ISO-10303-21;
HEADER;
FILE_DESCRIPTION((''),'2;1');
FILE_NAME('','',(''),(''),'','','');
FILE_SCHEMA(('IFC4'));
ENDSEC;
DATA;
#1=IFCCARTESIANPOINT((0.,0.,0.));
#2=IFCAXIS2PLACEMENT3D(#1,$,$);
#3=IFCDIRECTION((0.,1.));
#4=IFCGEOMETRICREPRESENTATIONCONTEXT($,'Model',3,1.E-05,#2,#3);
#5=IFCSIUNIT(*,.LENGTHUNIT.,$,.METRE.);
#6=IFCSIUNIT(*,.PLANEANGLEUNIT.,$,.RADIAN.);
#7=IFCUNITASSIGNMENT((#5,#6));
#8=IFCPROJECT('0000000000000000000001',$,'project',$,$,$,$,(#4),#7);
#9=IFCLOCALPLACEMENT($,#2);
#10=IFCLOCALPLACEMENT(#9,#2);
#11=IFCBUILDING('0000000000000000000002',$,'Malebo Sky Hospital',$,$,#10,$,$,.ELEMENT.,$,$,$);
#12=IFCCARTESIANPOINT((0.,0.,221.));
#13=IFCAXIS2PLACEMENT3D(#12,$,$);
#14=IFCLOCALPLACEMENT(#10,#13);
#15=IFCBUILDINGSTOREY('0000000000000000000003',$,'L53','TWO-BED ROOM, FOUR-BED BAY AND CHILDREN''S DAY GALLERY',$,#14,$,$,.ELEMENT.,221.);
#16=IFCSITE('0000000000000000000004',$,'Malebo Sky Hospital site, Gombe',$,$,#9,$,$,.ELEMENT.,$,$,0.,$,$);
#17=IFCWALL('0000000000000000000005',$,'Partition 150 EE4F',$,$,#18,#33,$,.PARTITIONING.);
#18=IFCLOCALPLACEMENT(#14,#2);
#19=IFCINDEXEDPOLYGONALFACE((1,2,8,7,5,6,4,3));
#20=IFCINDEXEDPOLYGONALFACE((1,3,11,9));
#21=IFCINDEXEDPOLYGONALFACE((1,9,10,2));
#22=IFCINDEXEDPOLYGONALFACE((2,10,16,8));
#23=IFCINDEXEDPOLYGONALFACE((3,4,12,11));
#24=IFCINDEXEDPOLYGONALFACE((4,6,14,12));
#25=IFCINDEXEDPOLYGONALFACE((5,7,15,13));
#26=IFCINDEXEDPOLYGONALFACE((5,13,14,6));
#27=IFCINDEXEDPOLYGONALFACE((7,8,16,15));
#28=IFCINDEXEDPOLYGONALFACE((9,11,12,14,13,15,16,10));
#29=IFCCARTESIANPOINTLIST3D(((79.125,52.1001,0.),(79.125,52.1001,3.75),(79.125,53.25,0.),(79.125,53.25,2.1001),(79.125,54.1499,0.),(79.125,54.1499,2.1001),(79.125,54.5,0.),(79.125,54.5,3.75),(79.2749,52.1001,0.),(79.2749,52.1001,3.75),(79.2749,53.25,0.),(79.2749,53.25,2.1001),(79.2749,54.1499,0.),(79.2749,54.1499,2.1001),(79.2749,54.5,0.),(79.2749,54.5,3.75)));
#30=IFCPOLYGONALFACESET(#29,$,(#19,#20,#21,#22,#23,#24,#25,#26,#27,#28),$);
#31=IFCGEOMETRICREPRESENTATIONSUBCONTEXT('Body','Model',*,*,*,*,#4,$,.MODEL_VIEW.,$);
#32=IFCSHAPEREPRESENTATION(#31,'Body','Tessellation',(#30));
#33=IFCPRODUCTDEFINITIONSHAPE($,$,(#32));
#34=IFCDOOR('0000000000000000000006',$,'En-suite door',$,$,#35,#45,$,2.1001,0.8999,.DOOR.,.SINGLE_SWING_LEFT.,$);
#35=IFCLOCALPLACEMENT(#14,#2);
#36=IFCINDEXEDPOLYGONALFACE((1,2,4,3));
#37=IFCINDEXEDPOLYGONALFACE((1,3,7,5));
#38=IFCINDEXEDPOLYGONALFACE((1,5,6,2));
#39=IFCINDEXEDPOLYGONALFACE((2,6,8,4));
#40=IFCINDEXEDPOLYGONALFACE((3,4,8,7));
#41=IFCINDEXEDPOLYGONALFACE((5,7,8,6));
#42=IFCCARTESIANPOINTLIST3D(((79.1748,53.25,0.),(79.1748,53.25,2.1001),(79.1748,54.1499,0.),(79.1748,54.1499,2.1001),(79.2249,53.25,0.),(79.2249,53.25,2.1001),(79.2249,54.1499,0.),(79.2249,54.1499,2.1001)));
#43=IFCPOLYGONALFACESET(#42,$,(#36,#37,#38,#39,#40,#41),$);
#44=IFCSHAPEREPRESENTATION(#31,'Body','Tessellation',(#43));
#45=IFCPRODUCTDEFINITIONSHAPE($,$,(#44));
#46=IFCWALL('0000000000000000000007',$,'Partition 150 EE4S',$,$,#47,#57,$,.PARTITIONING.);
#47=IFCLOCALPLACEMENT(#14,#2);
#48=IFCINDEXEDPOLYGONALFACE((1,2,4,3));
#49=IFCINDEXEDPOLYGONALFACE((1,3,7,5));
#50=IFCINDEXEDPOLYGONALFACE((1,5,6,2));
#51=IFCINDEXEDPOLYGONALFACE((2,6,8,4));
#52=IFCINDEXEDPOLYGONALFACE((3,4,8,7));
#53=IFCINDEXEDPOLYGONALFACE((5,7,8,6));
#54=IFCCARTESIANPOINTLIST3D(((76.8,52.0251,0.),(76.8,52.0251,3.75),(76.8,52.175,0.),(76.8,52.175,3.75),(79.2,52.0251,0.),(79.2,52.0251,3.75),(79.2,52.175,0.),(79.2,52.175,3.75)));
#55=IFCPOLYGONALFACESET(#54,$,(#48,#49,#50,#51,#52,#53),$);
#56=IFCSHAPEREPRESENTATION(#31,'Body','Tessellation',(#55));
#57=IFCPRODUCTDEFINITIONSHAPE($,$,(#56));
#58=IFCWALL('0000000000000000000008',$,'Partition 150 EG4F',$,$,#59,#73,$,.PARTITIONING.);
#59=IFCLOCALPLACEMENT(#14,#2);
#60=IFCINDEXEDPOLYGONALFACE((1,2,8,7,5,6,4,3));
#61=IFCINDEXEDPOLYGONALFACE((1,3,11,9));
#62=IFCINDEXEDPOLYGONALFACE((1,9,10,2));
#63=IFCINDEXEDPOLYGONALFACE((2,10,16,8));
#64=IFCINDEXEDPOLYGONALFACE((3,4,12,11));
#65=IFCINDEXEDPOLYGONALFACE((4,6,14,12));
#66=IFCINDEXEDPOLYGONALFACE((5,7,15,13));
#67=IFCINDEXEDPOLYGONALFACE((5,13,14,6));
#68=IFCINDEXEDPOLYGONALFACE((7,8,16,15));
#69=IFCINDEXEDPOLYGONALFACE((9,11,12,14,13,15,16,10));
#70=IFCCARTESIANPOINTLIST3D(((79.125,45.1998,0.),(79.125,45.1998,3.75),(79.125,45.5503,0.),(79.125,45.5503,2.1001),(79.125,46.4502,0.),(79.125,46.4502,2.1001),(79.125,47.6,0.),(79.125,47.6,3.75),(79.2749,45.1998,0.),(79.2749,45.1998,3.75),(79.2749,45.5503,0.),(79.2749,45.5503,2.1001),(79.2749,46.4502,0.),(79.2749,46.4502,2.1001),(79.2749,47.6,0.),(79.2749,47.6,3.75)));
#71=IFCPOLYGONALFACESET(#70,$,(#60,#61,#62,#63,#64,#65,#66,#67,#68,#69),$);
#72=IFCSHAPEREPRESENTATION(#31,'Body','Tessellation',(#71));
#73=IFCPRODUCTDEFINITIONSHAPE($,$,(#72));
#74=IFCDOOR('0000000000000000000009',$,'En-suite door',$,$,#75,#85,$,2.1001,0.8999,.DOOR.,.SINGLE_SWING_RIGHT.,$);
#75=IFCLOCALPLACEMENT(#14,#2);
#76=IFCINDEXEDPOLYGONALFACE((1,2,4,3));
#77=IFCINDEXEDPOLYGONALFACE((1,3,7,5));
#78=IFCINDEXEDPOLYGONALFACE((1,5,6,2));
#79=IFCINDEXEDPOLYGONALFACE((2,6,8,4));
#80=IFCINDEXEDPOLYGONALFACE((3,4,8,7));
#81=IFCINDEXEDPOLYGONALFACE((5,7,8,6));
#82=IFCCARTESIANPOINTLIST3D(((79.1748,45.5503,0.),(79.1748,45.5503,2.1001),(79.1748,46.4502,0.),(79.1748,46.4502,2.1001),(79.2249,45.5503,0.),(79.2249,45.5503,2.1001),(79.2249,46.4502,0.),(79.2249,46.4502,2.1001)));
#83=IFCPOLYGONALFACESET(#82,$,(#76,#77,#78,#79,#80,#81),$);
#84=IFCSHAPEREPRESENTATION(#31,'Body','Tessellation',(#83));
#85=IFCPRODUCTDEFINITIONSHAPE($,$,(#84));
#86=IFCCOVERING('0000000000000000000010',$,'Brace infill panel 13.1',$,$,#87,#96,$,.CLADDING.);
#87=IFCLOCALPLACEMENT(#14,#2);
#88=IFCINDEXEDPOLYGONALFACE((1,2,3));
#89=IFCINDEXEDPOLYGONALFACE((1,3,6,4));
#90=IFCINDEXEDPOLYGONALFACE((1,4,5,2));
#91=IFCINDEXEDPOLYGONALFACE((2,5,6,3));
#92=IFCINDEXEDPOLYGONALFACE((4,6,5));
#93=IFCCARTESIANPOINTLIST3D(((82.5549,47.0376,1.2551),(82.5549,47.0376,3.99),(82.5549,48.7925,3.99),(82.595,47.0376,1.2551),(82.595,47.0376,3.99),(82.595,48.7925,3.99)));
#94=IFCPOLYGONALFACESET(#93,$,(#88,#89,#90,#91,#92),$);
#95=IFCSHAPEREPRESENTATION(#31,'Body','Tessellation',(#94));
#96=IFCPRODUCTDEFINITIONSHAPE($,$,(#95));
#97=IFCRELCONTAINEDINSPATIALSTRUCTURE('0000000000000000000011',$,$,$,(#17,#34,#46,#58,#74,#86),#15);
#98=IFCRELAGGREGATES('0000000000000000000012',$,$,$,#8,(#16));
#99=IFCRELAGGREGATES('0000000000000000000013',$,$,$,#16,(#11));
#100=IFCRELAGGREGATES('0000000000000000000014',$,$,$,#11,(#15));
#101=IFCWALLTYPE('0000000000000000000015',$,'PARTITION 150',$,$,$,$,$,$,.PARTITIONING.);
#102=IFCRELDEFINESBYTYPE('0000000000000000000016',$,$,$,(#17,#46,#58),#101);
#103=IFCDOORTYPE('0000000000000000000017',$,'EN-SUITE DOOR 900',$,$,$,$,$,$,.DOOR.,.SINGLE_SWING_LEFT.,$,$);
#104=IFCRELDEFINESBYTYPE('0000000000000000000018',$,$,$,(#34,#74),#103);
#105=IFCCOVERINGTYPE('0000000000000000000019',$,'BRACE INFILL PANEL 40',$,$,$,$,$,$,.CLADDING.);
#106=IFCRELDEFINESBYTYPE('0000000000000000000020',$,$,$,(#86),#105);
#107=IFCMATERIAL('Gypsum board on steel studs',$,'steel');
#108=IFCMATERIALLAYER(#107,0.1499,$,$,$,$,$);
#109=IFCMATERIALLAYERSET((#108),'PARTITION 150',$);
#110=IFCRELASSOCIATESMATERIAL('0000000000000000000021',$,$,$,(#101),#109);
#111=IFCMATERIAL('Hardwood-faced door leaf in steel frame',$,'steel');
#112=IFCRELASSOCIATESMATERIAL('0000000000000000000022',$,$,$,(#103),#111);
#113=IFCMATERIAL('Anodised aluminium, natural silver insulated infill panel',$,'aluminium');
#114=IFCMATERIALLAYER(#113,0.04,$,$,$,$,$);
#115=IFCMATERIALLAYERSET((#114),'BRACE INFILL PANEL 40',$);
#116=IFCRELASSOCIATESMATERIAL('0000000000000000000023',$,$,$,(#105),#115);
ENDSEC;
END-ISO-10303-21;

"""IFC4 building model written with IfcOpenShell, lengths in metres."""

from ifc_helpers import new_model, si_unit, direction, frame, frame_2d, origin, place, context, subcontext, project, spatial, polyline, rectangle, outline, extrude, material, layer, layer_set, type_object, element, fill, save


model = new_model("IFC4")

# Units and contexts
model_context = context("Model", 3, precision=1e-05, world=origin(), true_north=direction((0.0, 1.0)))
body_context = subcontext(model_context, "Body", "Model", "MODEL_VIEW")
ifc_project = project(units=[si_unit("LENGTHUNIT", "METRE"), si_unit("PLANEANGLEUNIT", "RADIAN")], contexts=[model_context])

# Site, building, storey
site_placement = place(None, origin())
site = spatial("IfcSite", under=ifc_project, at=site_placement, Name="Malebo Sky Hospital site, Gombe", CompositionType="ELEMENT", RefElevation=0.0)
building_placement = place(site_placement, origin())
building = spatial("IfcBuilding", under=site, at=building_placement, Name="Malebo Sky Hospital", CompositionType="ELEMENT")
storey_placement = place(building_placement, frame((0.0, 0.0, 221.0)))
storey = spatial("IfcBuildingStorey", under=building, at=storey_placement, Name="L53", Description="TWO-BED ROOM, FOUR-BED BAY AND CHILDREN'S DAY GALLERY", CompositionType="ELEMENT", Elevation=221.0)

# Shared definitions
ifc_material_1 = material(Name="Gypsum board on steel studs", Category="steel")
ifc_layer_1 = layer(ifc_material_1, 0.1499)
ifc_layer_set_1 = layer_set([ifc_layer_1], Name="PARTITION 150")
wall_type_1 = type_object("IfcWallType", Name="PARTITION 150", PredefinedType="PARTITIONING", material=ifc_layer_set_1)

# Wall, opening, door
wall_1_placement = place(storey_placement, frame((79.2, 54.5, 0.0), z_axis=(0.0, 0.0, 1.0), x_axis=(0.0, -1.0, 0.0)))
wall_1 = element("IfcWall", 1, at=wall_1_placement, inside=storey, type_object=wall_type_1, Name="Partition 150 EE4F", PredefinedType="PARTITIONING", context=body_context, shape_type="SweptSolid", body=[
    extrude(rectangle(XDim=2.3999, YDim=0.1499, at=frame_2d((1.2, 0.0))), origin(), (0.0, 0.0, 1.0), 3.75),
])
opening_1_placement = place(wall_1_placement, frame((0.3501, 0.0, 0.0)))
opening_1 = element("IfcOpeningElement", 2, at=opening_1_placement, cuts=wall_1, PredefinedType="OPENING", context=body_context, shape_type="SweptSolid", body=[
    extrude(rectangle(XDim=0.8999, YDim=2.1001, at=frame_2d((0.45, 1.05))), frame((0.0, 0.085, 0.0), z_axis=(0.0, -1.0, 0.0), x_axis=(1.0, 0.0, 0.0)), (0.0, 0.0, 1.0), 0.1699),
])
ifc_material_2 = material(Name="Hardwood-faced door leaf in steel frame", Category="steel")
door_type = type_object("IfcDoorType", Name="EN-SUITE DOOR 900", OperationType="SINGLE_SWING_LEFT", PredefinedType="DOOR", material=ifc_material_2)
door_1_placement = place(opening_1_placement, origin())
door_1 = element("IfcDoor", 3, at=door_1_placement, inside=storey, type_object=door_type, Name="En-suite door", OperationType="SINGLE_SWING_LEFT", OverallHeight=2.1001, OverallWidth=0.8999, PredefinedType="DOOR", context=body_context, shape_type="SweptSolid", body=[
    extrude(rectangle(XDim=0.8999, YDim=2.1001, at=frame_2d((0.45, 1.05))), frame((0.0, 0.0249, 0.0), z_axis=(0.0, -1.0, 0.0), x_axis=(1.0, 0.0, 0.0)), (0.0, 0.0, 1.0), 0.05),
])
fill(opening_1, door_1)

# Wall
wall_2_placement = place(storey_placement, frame((76.8, 52.1001, 0.0), z_axis=(0.0, 0.0, 1.0), x_axis=(1.0, 0.0, 0.0)))
element("IfcWall", 4, at=wall_2_placement, inside=storey, type_object=wall_type_1, Name="Partition 150 EE4S", PredefinedType="PARTITIONING", context=body_context, shape_type="SweptSolid", body=[
    extrude(rectangle(XDim=2.3999, YDim=0.1499, at=frame_2d((1.2, 0.0))), origin(), (0.0, 0.0, 1.0), 3.75),
])

# Wall, opening, door
wall_3_placement = place(storey_placement, frame((79.2, 47.6001, 0.0), z_axis=(0.0, 0.0, 1.0), x_axis=(0.0, -1.0, 0.0)))
wall_3 = element("IfcWall", 5, at=wall_3_placement, inside=storey, type_object=wall_type_1, Name="Partition 150 EG4F", PredefinedType="PARTITIONING", context=body_context, shape_type="SweptSolid", body=[
    extrude(rectangle(XDim=2.4001, YDim=0.1499, at=frame_2d((1.2002, 0.0))), origin(), (0.0, 0.0, 1.0), 3.75),
])
opening_2_placement = place(wall_3_placement, frame((1.1499, 0.0, 0.0)))
opening_2 = element("IfcOpeningElement", 6, at=opening_2_placement, cuts=wall_3, PredefinedType="OPENING", context=body_context, shape_type="SweptSolid", body=[
    extrude(rectangle(XDim=0.8999, YDim=2.1001, at=frame_2d((0.45, 1.05))), frame((0.0, 0.085, 0.0), z_axis=(0.0, -1.0, 0.0), x_axis=(1.0, 0.0, 0.0)), (0.0, 0.0, 1.0), 0.1699),
])
door_2_placement = place(opening_2_placement, origin())
door_2 = element("IfcDoor", 7, at=door_2_placement, inside=storey, type_object=door_type, Name="En-suite door", OperationType="SINGLE_SWING_RIGHT", OverallHeight=2.1001, OverallWidth=0.8999, PredefinedType="DOOR", context=body_context, shape_type="SweptSolid", body=[
    extrude(rectangle(XDim=0.8999, YDim=2.1001, at=frame_2d((0.45, 1.05))), frame((0.0, 0.0249, 0.0), z_axis=(0.0, -1.0, 0.0), x_axis=(1.0, 0.0, 0.0)), (0.0, 0.0, 1.0), 0.05),
])
fill(opening_2, door_2)

# Covering
ifc_material_3 = material(Name="Anodised aluminium, natural silver insulated infill panel", Category="aluminium")
ifc_layer_2 = layer(ifc_material_3, 0.04)
ifc_layer_set_2 = layer_set([ifc_layer_2], Name="BRACE INFILL PANEL 40")
covering_type = type_object("IfcCoveringType", Name="BRACE INFILL PANEL 40", PredefinedType="CLADDING", material=ifc_layer_set_2)
covering_placement = place(storey_placement, frame((82.575, 47.915, 1.2551), z_axis=(0.0, 0.0, 1.0), x_axis=(0.0, -1.0, 0.0)))
element("IfcCovering", 8, at=covering_placement, inside=storey, type_object=covering_type, Name="Brace infill panel 13.1", PredefinedType="CLADDING", context=body_context, shape_type="SweptSolid", body=[
    extrude(outline(polyline([(0.8774, 0.0), (0.8774, 2.7349), (-0.8774, 2.7349), (0.8774, 0.0)])), frame((0.0, 0.02, 0.0), z_axis=(0.0, -1.0, 0.0), x_axis=(1.0, 0.0, 0.0)), (0.0, 0.0, 1.0), 0.04),
])

save(model, "model.ifc")
